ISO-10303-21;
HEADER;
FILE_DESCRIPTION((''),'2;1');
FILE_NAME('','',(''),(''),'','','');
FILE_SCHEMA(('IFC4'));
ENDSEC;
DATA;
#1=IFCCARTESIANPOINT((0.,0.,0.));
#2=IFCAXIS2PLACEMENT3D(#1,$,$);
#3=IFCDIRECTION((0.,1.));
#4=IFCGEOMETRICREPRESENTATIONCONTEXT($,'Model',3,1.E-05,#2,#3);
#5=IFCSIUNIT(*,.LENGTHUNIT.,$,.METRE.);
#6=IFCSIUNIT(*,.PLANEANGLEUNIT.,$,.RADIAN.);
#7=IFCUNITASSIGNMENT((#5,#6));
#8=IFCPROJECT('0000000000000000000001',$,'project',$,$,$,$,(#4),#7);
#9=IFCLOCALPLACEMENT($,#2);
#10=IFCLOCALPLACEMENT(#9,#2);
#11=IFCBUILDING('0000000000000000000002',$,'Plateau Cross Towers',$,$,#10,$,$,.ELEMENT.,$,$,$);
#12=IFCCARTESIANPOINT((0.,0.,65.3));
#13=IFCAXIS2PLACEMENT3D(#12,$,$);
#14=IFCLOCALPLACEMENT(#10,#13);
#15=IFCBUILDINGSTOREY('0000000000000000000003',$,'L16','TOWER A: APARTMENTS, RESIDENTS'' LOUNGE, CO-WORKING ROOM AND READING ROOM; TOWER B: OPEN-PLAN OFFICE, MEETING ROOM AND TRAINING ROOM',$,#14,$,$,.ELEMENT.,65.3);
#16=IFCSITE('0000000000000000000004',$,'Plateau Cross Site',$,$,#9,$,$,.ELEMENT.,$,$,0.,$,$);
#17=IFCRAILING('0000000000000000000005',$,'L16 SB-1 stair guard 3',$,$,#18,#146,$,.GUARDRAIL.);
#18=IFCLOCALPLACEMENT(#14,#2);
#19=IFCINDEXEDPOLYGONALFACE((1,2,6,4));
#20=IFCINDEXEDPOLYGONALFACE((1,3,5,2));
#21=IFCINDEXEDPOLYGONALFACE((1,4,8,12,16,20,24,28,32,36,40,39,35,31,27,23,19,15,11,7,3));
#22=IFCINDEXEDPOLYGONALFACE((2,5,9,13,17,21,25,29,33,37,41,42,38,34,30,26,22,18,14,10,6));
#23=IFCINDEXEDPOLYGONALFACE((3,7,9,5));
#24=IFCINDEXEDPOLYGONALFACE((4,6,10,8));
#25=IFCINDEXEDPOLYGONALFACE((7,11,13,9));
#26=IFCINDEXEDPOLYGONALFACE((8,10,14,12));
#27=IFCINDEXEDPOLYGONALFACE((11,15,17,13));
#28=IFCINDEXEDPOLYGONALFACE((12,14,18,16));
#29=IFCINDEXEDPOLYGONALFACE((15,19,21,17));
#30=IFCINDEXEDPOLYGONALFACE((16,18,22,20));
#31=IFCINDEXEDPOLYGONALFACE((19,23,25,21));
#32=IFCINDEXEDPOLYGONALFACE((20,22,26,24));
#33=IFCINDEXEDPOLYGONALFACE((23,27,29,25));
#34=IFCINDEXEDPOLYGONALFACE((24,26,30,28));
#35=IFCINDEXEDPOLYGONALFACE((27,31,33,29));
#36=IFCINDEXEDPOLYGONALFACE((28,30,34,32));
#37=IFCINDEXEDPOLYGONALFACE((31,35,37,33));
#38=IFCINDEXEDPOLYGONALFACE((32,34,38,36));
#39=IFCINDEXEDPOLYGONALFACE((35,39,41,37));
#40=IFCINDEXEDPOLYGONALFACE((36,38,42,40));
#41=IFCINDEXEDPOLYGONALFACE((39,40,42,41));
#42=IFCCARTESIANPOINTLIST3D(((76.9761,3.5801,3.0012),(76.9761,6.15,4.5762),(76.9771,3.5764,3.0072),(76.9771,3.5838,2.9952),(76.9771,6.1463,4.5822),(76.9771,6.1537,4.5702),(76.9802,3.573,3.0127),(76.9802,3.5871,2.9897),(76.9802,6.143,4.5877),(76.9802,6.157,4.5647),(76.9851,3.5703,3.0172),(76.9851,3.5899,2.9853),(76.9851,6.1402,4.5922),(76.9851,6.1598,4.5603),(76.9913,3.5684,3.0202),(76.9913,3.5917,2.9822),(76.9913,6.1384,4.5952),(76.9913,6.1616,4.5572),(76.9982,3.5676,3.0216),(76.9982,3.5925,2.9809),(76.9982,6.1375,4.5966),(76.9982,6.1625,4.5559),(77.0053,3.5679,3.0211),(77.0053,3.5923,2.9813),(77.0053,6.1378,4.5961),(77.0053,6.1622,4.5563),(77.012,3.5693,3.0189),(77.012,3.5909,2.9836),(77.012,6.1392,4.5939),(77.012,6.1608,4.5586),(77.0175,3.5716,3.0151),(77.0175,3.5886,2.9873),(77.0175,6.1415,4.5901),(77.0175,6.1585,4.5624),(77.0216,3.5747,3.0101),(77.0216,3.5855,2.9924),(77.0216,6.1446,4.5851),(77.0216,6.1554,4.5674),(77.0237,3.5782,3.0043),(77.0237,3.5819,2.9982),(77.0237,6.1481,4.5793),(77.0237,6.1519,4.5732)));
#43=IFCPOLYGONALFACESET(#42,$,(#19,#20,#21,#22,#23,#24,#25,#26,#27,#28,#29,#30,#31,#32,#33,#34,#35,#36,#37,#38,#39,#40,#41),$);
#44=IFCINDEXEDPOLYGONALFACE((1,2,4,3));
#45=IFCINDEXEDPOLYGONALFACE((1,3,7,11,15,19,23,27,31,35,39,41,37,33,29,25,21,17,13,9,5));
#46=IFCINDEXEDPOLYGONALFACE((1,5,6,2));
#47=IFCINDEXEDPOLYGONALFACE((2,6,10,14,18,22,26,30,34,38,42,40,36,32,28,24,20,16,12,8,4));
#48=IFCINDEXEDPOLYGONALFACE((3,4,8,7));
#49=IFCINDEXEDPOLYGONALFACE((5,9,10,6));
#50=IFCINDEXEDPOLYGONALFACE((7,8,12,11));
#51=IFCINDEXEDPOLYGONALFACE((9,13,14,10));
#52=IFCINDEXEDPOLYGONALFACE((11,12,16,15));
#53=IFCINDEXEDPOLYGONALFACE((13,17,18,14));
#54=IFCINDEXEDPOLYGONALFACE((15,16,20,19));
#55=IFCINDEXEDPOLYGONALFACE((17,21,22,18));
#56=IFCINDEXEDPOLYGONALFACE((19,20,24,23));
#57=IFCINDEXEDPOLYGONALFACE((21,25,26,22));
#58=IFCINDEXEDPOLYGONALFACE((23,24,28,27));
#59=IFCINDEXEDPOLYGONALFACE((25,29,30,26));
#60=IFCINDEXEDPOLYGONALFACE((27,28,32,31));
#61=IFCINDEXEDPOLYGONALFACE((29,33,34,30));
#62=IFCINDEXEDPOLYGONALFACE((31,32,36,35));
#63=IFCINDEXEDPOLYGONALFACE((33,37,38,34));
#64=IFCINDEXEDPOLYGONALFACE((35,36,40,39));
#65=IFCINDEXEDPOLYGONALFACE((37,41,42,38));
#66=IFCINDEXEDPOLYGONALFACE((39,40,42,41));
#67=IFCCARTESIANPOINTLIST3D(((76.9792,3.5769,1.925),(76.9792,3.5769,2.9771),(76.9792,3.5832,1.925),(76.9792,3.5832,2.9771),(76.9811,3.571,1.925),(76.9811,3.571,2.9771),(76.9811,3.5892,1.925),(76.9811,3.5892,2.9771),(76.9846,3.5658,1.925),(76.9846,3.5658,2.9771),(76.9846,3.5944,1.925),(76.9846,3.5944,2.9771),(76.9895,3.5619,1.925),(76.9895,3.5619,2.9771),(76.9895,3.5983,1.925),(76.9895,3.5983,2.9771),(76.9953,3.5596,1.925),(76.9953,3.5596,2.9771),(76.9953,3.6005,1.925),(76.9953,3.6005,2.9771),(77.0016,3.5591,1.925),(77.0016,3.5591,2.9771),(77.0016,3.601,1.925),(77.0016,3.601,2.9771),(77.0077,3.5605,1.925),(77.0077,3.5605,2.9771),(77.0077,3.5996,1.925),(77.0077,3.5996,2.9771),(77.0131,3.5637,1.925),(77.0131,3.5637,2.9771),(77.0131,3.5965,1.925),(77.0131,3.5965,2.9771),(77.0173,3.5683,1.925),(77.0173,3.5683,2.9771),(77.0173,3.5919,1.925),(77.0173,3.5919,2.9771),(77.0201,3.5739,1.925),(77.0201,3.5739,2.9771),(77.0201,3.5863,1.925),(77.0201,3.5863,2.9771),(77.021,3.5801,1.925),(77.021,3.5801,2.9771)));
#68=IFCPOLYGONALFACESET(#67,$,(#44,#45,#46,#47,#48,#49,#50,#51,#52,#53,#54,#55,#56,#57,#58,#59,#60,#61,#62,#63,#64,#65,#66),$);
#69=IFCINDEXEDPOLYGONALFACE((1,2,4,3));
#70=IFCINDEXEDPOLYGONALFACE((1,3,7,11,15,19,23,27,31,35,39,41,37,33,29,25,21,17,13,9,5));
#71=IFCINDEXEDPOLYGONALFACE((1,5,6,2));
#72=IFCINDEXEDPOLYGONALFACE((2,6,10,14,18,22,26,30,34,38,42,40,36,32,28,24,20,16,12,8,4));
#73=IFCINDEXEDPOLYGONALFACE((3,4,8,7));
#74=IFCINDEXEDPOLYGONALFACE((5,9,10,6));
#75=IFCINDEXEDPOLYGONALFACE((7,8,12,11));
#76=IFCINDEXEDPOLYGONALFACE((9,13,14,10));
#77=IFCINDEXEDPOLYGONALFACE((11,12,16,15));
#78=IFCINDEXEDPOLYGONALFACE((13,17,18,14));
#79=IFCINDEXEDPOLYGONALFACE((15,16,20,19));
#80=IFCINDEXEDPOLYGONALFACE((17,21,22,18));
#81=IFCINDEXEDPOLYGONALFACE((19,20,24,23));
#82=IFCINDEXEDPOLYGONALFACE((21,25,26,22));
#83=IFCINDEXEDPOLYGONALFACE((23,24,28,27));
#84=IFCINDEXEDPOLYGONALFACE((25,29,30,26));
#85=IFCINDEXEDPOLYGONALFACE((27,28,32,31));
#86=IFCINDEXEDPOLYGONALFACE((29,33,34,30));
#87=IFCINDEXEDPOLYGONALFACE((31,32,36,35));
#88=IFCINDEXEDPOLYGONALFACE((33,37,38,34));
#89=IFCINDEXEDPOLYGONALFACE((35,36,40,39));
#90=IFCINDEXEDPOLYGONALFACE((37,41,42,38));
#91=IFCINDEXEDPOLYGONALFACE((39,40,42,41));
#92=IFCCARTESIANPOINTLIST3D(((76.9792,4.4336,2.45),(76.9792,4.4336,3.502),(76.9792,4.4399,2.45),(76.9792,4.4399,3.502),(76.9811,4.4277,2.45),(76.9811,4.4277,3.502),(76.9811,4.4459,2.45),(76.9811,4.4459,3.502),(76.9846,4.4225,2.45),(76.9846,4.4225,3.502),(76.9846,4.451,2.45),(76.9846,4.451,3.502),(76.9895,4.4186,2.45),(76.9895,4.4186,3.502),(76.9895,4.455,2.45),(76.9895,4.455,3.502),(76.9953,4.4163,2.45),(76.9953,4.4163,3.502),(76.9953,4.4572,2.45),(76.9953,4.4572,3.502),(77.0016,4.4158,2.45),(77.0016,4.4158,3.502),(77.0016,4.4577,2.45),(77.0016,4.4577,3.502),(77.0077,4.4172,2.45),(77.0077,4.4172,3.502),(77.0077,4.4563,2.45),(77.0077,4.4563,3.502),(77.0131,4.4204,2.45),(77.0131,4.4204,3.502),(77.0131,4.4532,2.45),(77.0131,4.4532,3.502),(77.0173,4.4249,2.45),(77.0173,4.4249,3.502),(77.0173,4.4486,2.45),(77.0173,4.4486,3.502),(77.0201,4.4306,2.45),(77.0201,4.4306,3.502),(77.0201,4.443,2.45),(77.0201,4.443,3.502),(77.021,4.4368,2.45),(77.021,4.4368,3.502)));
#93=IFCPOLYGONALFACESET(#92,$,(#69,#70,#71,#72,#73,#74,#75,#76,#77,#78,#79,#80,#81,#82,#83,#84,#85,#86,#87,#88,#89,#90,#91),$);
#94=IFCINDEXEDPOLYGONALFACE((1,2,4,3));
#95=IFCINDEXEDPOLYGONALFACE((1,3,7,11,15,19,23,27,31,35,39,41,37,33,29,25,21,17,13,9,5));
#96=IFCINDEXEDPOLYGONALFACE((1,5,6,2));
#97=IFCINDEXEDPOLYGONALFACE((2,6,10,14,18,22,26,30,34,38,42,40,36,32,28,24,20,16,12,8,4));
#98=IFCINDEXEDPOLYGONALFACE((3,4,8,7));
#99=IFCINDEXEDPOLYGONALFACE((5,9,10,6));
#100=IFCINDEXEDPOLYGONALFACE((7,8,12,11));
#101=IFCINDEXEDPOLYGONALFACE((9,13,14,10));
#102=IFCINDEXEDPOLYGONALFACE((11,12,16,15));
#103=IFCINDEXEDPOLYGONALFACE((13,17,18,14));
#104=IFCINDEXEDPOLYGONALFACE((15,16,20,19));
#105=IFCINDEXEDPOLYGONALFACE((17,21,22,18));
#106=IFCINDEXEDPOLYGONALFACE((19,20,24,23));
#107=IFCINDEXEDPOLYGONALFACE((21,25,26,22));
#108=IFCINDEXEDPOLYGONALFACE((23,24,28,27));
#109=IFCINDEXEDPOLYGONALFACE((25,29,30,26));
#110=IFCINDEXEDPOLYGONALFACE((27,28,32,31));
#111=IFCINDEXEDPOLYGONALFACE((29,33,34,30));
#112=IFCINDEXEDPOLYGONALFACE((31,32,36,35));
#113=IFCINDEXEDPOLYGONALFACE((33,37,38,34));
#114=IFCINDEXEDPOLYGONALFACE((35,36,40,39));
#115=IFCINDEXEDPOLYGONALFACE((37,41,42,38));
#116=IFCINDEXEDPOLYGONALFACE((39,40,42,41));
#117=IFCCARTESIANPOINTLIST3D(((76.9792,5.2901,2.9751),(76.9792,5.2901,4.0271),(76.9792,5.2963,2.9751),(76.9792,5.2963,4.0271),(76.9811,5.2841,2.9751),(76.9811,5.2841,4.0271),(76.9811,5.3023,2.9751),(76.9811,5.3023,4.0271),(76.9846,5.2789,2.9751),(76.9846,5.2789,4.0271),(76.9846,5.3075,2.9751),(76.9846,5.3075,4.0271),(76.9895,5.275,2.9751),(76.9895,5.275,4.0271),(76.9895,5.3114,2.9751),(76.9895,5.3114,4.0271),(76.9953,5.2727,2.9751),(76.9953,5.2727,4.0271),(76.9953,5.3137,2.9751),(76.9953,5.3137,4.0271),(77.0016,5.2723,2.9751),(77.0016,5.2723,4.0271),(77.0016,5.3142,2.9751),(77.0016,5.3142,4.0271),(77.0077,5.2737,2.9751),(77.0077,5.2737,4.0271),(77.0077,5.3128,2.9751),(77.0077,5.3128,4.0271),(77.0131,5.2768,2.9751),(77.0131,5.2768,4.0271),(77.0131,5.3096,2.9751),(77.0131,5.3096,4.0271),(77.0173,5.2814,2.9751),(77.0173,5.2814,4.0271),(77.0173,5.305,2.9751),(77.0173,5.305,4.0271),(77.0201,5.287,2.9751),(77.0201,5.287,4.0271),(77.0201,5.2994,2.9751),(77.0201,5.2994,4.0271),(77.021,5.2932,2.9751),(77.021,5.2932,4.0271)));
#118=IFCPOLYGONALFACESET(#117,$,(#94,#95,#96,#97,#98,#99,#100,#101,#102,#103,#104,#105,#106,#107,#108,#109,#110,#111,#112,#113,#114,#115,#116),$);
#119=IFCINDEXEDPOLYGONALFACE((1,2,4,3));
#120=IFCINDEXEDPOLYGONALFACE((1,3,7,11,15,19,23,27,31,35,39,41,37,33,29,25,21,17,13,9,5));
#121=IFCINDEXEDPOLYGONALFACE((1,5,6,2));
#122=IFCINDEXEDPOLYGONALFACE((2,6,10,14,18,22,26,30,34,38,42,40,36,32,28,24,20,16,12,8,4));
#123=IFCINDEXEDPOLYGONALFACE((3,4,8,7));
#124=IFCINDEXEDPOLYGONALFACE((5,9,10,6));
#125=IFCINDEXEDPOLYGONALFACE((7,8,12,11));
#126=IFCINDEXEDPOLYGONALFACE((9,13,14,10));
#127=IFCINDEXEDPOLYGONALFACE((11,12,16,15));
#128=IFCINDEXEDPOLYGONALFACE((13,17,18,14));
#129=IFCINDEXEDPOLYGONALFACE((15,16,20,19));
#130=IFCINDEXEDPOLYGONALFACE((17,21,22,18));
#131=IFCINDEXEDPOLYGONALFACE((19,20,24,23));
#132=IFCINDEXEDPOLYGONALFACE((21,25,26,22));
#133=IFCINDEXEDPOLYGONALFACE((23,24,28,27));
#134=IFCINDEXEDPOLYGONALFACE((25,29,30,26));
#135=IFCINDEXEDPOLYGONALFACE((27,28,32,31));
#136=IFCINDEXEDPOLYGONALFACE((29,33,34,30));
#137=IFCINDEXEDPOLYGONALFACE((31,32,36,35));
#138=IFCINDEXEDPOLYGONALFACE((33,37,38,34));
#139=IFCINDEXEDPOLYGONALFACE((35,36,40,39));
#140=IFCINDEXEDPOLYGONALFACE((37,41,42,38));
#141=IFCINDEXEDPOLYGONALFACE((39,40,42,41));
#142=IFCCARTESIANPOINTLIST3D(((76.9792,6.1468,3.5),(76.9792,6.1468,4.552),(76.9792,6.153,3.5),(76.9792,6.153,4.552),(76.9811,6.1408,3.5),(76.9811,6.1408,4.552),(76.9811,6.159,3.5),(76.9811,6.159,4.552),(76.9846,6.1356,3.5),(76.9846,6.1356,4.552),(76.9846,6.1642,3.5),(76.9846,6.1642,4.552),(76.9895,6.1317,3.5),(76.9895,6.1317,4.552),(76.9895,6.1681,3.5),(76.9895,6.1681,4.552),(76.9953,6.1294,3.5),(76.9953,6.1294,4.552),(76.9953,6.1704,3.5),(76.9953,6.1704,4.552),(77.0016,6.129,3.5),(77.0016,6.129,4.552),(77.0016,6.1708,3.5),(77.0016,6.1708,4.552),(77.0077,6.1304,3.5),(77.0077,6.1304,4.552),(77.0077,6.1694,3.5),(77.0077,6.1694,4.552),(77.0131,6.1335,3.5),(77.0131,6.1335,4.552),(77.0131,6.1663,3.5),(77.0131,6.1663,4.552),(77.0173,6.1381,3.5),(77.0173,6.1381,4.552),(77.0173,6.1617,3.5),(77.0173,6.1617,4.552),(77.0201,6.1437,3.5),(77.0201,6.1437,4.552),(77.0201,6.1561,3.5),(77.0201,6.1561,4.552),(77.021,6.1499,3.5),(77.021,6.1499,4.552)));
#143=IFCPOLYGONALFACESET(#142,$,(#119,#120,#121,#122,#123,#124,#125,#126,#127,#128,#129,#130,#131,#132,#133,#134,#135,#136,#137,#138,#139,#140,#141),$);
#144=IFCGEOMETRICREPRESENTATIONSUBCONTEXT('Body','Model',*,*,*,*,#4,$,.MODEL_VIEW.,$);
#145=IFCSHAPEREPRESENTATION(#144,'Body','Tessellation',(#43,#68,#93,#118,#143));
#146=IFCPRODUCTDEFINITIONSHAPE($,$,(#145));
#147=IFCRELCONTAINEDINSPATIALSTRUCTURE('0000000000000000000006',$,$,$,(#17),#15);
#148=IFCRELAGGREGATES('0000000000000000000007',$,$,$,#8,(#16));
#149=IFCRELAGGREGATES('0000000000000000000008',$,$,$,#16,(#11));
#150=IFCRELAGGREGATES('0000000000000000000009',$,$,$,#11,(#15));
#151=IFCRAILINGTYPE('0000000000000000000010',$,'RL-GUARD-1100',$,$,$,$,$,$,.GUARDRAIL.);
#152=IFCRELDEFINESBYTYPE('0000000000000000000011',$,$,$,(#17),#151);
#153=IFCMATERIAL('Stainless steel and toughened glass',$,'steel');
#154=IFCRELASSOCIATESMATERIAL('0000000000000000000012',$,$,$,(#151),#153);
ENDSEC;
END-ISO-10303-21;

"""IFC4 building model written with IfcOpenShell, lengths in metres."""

from ifc_helpers import new_model, si_unit, direction, frame, origin, origin_2d, place, context, subcontext, project, spatial, circle, extrude, material, type_object, element, save


model = new_model("IFC4")

# Units and contexts
model_context = context("Model", 3, precision=1e-05, world=origin(), true_north=direction((0.0, 1.0)))
body_context = subcontext(model_context, "Body", "Model", "MODEL_VIEW")
ifc_project = project(units=[si_unit("LENGTHUNIT", "METRE"), si_unit("PLANEANGLEUNIT", "RADIAN")], contexts=[model_context])

# Site, building, storey
site_placement = place(None, origin())
site = spatial("IfcSite", under=ifc_project, at=site_placement, Name="Plateau Cross Site", CompositionType="ELEMENT", RefElevation=0.0)
building_placement = place(site_placement, origin())
building = spatial("IfcBuilding", under=site, at=building_placement, Name="Plateau Cross Towers", CompositionType="ELEMENT")
storey_placement = place(building_placement, frame((0.0, 0.0, 65.3)))
storey = spatial("IfcBuildingStorey", under=building, at=storey_placement, Name="L16", Description="TOWER A: APARTMENTS, RESIDENTS' LOUNGE, CO-WORKING ROOM AND READING ROOM; TOWER B: OPEN-PLAN OFFICE, MEETING ROOM AND TRAINING ROOM", CompositionType="ELEMENT", Elevation=65.3)

# Railing
ifc_material_1 = material(Name="Stainless steel and toughened glass", Category="steel")
railing_type_1 = type_object("IfcRailingType", Name="RL-GUARD-1100", PredefinedType="GUARDRAIL", material=ifc_material_1)
railing_1_placement = place(storey_placement, frame((77.0, 3.5801, 1.925)))
element("IfcRailing", 1, at=railing_1_placement, inside=storey, type_object=railing_type_1, Name="L16 SB-1 stair guard 3", PredefinedType="GUARDRAIL", context=body_context, shape_type="SweptSolid", body=[
    extrude(circle(Radius=0.0239, at=origin_2d()), frame((0.0, 0.0, 1.0762), z_axis=(0.0, 0.852616, 0.522537), x_axis=(-1.0, 0.0, 0.0)), (0.0, 0.0, 1.0), 3.0142),
    extrude(circle(Radius=0.021, at=origin_2d()), origin(), (0.0, 0.0, 1.0), 1.052),
    extrude(circle(Radius=0.021, at=origin_2d()), frame((0.0, 0.8567, 0.5249)), (0.0, 0.0, 1.0), 1.052),
    extrude(circle(Radius=0.021, at=origin_2d()), frame((0.0, 1.7131, 1.05)), (0.0, 0.0, 1.0), 1.052),
    extrude(circle(Radius=0.021, at=origin_2d()), frame((0.0, 2.5698, 1.575)), (0.0, 0.0, 1.0), 1.052),
])

save(model, "model.ifc")
